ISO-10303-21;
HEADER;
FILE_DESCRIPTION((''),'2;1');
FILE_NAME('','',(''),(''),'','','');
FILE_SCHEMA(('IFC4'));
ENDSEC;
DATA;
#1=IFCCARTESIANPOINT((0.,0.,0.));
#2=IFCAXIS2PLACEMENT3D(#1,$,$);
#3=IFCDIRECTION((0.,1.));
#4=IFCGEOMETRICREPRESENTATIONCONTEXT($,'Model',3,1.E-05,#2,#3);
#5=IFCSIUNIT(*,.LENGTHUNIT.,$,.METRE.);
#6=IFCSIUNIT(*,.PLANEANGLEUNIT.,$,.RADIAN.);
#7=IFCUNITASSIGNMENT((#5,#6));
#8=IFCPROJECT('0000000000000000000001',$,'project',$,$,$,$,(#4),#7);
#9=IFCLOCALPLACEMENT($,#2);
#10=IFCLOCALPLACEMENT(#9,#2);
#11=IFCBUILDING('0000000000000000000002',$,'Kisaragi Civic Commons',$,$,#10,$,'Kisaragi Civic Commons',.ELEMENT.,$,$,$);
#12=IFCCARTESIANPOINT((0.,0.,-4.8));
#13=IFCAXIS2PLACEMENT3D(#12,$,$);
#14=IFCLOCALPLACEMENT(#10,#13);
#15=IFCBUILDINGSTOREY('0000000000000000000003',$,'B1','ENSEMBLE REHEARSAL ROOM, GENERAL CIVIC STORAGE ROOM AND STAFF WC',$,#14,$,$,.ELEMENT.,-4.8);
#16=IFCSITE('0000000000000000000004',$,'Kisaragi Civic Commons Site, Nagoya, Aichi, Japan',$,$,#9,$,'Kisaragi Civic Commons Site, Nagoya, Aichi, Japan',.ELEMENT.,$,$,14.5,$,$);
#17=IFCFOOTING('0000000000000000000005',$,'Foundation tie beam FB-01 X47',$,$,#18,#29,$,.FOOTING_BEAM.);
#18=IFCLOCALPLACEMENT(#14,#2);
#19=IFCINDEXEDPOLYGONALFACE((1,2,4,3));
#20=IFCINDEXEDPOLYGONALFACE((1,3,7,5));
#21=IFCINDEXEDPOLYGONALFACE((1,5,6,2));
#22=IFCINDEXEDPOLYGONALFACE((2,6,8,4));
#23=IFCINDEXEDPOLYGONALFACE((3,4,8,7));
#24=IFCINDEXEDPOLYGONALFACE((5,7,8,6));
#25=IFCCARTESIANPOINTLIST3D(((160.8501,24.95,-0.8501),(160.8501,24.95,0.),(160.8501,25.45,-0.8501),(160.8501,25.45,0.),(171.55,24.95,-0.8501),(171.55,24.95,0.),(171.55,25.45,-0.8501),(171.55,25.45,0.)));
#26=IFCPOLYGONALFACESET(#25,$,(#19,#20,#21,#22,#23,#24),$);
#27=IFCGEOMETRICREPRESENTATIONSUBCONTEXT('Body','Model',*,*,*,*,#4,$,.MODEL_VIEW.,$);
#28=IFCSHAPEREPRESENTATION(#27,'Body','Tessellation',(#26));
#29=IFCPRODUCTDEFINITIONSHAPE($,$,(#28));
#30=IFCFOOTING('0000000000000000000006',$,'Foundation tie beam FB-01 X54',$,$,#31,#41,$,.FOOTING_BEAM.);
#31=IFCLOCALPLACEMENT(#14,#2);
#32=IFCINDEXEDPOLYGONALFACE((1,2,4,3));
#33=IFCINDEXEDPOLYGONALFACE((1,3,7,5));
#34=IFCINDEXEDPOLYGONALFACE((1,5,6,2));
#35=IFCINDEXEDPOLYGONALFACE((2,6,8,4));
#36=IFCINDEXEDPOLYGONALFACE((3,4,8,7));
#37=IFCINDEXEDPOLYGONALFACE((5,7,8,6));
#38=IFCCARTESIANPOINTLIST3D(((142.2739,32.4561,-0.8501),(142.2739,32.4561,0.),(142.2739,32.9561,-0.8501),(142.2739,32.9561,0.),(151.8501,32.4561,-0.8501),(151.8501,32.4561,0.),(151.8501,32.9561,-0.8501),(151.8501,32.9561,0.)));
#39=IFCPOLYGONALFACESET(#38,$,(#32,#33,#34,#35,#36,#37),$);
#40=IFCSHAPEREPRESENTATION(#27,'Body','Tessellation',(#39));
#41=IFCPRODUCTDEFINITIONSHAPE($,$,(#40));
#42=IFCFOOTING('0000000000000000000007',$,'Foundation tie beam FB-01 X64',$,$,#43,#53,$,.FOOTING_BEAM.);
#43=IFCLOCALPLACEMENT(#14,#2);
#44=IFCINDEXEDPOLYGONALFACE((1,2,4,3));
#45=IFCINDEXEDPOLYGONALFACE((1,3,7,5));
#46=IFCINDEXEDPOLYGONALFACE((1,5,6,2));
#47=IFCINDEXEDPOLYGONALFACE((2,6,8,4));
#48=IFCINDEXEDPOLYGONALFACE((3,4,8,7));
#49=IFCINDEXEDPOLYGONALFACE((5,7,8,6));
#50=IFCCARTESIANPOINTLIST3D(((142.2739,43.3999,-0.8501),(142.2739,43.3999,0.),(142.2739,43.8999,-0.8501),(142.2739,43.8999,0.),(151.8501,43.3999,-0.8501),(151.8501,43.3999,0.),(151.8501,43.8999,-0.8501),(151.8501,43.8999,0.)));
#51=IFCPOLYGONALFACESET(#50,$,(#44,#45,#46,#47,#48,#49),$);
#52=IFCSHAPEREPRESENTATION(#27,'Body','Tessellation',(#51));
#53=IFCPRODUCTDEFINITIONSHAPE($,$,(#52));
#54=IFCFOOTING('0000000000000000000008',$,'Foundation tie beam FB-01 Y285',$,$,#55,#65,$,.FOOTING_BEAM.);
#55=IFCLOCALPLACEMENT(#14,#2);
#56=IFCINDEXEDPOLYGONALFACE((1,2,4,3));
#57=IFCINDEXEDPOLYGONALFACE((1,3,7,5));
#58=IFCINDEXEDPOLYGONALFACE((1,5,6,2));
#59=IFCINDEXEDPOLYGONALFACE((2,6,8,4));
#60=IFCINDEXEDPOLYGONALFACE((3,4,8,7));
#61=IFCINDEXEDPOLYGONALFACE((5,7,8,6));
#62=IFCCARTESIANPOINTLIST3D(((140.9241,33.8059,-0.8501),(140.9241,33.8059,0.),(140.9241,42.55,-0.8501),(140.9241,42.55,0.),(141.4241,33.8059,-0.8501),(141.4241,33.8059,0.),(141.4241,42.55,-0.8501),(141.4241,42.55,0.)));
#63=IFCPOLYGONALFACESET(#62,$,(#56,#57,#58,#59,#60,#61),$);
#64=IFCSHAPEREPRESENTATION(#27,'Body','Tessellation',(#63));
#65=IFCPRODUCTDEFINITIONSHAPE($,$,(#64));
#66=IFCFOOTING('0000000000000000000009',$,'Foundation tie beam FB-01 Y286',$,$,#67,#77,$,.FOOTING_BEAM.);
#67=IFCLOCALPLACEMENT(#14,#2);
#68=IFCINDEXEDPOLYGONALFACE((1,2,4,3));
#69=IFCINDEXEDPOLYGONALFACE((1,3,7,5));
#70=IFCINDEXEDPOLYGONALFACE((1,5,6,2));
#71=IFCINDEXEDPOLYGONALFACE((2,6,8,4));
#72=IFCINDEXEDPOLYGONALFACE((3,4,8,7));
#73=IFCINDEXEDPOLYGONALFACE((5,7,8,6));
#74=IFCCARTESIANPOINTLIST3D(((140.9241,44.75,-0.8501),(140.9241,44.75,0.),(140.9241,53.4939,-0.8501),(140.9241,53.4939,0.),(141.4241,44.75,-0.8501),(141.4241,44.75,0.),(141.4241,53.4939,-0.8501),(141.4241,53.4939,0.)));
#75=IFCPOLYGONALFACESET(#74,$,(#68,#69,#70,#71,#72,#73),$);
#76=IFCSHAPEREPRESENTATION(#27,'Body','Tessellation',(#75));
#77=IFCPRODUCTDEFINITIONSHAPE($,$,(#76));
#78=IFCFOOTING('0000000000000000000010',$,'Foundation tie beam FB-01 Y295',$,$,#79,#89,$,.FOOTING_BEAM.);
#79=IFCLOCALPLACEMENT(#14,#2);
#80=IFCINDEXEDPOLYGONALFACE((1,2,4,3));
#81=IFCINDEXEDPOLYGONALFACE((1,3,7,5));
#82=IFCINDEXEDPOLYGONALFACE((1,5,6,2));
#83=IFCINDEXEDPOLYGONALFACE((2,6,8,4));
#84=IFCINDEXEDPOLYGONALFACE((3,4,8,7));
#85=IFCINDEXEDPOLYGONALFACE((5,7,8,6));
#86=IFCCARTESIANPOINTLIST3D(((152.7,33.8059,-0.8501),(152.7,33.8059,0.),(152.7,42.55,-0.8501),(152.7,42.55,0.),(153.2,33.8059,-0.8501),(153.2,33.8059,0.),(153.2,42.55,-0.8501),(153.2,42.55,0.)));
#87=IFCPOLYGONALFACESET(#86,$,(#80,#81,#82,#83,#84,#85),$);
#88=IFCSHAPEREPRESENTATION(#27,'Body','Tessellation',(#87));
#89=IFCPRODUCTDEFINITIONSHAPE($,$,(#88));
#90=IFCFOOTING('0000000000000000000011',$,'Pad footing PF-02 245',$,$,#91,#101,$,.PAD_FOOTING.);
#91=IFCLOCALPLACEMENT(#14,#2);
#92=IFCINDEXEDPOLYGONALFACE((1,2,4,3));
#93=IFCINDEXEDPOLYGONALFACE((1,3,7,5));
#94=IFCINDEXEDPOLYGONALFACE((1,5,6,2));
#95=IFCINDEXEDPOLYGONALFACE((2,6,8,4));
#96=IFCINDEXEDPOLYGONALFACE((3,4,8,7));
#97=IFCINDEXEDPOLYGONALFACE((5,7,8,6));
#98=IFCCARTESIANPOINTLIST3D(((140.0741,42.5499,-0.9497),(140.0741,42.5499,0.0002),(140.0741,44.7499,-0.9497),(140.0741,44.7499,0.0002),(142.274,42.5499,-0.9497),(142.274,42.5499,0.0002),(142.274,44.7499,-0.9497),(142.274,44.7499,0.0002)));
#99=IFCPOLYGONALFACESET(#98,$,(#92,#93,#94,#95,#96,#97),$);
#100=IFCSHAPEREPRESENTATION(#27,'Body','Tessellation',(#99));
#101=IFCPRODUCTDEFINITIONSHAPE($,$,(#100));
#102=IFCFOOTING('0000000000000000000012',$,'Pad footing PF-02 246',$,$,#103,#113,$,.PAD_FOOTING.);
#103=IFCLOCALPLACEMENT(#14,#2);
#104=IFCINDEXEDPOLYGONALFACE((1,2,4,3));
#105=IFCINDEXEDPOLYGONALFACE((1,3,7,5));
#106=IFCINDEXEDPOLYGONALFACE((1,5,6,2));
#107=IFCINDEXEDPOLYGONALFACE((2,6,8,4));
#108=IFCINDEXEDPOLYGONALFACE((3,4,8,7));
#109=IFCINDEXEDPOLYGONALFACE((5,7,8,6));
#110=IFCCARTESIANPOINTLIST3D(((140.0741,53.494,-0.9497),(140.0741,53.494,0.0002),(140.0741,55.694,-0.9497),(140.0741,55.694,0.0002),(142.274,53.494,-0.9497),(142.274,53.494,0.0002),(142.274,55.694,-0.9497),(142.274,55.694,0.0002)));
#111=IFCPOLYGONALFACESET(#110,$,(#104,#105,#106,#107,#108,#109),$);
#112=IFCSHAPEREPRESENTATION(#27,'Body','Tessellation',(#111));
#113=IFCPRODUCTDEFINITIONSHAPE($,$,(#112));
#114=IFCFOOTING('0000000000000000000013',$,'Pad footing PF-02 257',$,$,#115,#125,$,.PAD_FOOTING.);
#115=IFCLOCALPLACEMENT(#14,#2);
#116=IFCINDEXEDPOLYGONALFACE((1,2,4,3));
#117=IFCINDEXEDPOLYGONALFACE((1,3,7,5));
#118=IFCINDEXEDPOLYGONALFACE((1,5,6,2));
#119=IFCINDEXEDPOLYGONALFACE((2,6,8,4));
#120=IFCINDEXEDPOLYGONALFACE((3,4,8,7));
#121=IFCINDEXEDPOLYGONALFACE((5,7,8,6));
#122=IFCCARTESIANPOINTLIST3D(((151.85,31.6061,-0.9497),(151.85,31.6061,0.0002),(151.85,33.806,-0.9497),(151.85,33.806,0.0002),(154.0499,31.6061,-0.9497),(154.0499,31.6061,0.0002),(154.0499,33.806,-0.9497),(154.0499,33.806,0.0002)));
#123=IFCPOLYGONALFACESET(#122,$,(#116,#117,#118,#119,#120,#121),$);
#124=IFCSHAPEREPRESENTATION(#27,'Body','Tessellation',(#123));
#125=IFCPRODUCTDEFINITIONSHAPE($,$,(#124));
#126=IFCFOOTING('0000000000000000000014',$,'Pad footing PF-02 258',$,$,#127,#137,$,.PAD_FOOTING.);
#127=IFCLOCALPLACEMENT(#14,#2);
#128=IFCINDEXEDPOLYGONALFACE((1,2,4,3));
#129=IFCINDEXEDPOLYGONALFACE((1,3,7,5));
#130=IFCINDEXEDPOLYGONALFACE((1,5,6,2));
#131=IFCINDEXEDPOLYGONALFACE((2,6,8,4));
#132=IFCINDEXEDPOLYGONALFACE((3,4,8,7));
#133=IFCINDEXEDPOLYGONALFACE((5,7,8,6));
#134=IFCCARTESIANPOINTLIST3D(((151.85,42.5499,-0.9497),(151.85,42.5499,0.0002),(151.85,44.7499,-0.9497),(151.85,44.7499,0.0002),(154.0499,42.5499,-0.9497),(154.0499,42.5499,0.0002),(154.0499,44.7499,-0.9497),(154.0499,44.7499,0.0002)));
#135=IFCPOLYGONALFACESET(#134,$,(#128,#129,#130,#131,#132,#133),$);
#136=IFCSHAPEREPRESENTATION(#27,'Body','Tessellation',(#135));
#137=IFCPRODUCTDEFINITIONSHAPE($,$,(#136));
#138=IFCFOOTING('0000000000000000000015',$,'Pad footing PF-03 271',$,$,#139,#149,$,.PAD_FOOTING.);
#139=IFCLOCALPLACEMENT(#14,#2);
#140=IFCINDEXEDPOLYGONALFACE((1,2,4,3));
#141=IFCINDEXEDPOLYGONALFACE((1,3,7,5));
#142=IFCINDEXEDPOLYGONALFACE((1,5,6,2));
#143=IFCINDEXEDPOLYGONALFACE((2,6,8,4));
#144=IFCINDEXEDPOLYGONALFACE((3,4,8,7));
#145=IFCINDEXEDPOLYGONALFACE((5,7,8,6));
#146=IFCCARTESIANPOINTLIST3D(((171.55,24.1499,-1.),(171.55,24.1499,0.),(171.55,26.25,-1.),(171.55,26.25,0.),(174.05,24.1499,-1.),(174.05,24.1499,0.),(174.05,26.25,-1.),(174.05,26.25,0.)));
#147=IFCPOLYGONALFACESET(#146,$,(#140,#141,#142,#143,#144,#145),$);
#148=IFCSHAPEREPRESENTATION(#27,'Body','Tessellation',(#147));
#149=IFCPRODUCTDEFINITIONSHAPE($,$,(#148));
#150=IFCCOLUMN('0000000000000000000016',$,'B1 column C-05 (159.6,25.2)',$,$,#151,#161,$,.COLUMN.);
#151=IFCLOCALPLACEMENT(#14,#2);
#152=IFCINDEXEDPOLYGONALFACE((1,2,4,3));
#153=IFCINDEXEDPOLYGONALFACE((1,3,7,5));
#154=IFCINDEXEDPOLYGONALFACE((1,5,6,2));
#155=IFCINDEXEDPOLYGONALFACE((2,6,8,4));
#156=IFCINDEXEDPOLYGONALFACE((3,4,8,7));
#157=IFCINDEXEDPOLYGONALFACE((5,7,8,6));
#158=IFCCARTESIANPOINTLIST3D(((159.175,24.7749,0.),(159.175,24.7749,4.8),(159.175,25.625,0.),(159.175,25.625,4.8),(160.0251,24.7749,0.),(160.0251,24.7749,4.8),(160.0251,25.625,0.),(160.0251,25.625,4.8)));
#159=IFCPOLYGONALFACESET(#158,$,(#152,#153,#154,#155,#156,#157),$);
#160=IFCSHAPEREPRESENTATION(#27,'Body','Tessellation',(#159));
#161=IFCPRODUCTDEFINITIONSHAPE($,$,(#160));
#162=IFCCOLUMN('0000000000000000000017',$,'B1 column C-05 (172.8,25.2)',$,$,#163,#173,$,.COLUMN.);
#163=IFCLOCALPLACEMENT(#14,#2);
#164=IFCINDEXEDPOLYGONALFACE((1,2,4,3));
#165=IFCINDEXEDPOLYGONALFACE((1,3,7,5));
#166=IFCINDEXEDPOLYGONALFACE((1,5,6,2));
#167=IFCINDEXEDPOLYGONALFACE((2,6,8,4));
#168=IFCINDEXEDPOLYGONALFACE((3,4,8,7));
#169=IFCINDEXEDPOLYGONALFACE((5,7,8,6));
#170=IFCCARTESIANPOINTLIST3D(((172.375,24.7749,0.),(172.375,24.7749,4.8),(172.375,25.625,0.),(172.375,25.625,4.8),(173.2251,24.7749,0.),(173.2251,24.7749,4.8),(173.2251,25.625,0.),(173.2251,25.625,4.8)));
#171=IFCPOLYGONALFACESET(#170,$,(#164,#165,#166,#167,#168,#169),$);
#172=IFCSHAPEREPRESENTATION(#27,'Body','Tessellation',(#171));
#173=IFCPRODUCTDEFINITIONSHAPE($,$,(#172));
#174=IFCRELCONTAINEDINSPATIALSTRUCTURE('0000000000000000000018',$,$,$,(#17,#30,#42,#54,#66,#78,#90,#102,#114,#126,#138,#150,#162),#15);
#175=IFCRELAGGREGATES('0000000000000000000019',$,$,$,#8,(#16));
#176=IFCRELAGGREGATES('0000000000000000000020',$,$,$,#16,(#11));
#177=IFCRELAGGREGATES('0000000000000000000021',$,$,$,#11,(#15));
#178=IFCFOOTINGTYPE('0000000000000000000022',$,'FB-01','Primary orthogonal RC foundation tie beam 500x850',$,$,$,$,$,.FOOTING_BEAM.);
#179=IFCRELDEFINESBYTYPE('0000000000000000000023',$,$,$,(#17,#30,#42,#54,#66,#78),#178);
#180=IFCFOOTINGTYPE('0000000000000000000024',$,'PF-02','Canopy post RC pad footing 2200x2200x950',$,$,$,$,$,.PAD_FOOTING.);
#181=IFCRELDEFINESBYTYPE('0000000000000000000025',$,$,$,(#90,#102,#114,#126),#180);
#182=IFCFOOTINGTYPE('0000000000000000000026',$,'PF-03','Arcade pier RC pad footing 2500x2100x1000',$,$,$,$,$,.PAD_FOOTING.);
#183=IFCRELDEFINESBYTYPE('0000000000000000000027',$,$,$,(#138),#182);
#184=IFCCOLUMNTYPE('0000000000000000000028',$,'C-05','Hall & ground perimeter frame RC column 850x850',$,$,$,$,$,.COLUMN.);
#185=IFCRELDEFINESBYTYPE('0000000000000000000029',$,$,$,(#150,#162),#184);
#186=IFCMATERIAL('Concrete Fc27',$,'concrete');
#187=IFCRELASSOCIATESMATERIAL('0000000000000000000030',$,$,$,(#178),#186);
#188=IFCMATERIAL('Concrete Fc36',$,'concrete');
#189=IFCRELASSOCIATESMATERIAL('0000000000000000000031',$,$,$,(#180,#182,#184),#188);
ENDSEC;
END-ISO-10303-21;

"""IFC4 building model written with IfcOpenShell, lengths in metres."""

from ifc_helpers import new_model, si_unit, direction, frame, origin, origin_2d, place, context, subcontext, project, spatial, rectangle, extrude, material, material_profile, profile_set, type_object, element, save


model = new_model("IFC4")

# Units and contexts
model_context = context("Model", 3, precision=1e-05, world=origin(), true_north=direction((0.0, 1.0)))
body_context = subcontext(model_context, "Body", "Model", "MODEL_VIEW")
ifc_project = project(units=[si_unit("LENGTHUNIT", "METRE"), si_unit("PLANEANGLEUNIT", "RADIAN")], contexts=[model_context])

# Site, building, storey
site_placement = place(None, origin())
site = spatial("IfcSite", under=ifc_project, at=site_placement, Name="Kisaragi Civic Commons Site, Nagoya, Aichi, Japan", LongName="Kisaragi Civic Commons Site, Nagoya, Aichi, Japan", CompositionType="ELEMENT", RefElevation=14.5)
building_placement = place(site_placement, origin())
building = spatial("IfcBuilding", under=site, at=building_placement, Name="Kisaragi Civic Commons", LongName="Kisaragi Civic Commons", CompositionType="ELEMENT")
storey_placement = place(building_placement, frame((0.0, 0.0, -4.8)))
storey = spatial("IfcBuildingStorey", under=building, at=storey_placement, Name="B1", Description="ENSEMBLE REHEARSAL ROOM, GENERAL CIVIC STORAGE ROOM AND STAFF WC", CompositionType="ELEMENT", Elevation=-4.8)

# Footings
ifc_material_1 = material(Name="Concrete Fc27", Category="concrete")
ifc_material_profile_1 = material_profile(ifc_material_1, rectangle(XDim=0.5, YDim=0.8501, at=origin_2d()), Name="RC-500x850", Category="concrete")
ifc_profile_set_1 = profile_set([ifc_material_profile_1], Name="Concrete Fc27")
footing_type_1 = type_object("IfcFootingType", Name="FB-01", Description="Primary orthogonal RC foundation tie beam 500x850", PredefinedType="FOOTING_BEAM", material=ifc_profile_set_1)
footing_1_placement = place(storey_placement, frame((160.8501, 25.2, -0.425), z_axis=(1.0, 0.0, 0.0), x_axis=(0.0, 1.0, 0.0)))
element("IfcFooting", 1, at=footing_1_placement, inside=storey, type_object=footing_type_1, Name="Foundation tie beam FB-01 X47", PredefinedType="FOOTING_BEAM", context=body_context, shape_type="SweptSolid", body=[
    extrude(rectangle(XDim=0.5, YDim=0.8501, at=origin_2d()), origin(), (0.0, 0.0, 1.0), 10.7),
])
for number, where, z_axis, x_axis, name in (
    (2, (142.2739, 32.7061, -0.425), (1.0, 0.0, 0.0), (0.0, 1.0, 0.0), "Foundation tie beam FB-01 X54"),
    (3, (142.2739, 43.6499, -0.425), (1.0, 0.0, 0.0), (0.0, 1.0, 0.0), "Foundation tie beam FB-01 X64"),
):
    element("IfcFooting", number, at=place(storey_placement, frame(where, z_axis=z_axis, x_axis=x_axis)), inside=storey, type_object=footing_type_1, Name=name, PredefinedType="FOOTING_BEAM", context=body_context, shape_type="SweptSolid", body=[
        extrude(rectangle(XDim=0.5, YDim=0.8501, at=origin_2d()), origin(), (0.0, 0.0, 1.0), 9.5762),
    ])
footing_2_placement = place(storey_placement, frame((141.1741, 33.8059, -0.425), z_axis=(0.0, 1.0, 0.0), x_axis=(-1.0, 0.0, 0.0)))
element("IfcFooting", 4, at=footing_2_placement, inside=storey, type_object=footing_type_1, Name="Foundation tie beam FB-01 Y285", PredefinedType="FOOTING_BEAM", context=body_context, shape_type="SweptSolid", body=[
    extrude(rectangle(XDim=0.5, YDim=0.8501, at=origin_2d()), origin(), (0.0, 0.0, 1.0), 8.7441),
])
footing_3_placement = place(storey_placement, frame((141.1741, 44.75, -0.425), z_axis=(0.0, 1.0, 0.0), x_axis=(-1.0, 0.0, 0.0)))
element("IfcFooting", 5, at=footing_3_placement, inside=storey, type_object=footing_type_1, Name="Foundation tie beam FB-01 Y286", PredefinedType="FOOTING_BEAM", context=body_context, shape_type="SweptSolid", body=[
    extrude(rectangle(XDim=0.5, YDim=0.8501, at=origin_2d()), origin(), (0.0, 0.0, 1.0), 8.7439),
])
footing_4_placement = place(storey_placement, frame((152.95, 33.8059, -0.425), z_axis=(0.0, 1.0, 0.0), x_axis=(-1.0, 0.0, 0.0)))
element("IfcFooting", 6, at=footing_4_placement, inside=storey, type_object=footing_type_1, Name="Foundation tie beam FB-01 Y295", PredefinedType="FOOTING_BEAM", context=body_context, shape_type="SweptSolid", body=[
    extrude(rectangle(XDim=0.5, YDim=0.8501, at=origin_2d()), origin(), (0.0, 0.0, 1.0), 8.7441),
])
ifc_material_2 = material(Name="Concrete Fc36", Category="concrete")
footing_type_2 = type_object("IfcFootingType", Name="PF-02", Description="Canopy post RC pad footing 2200x2200x950", PredefinedType="PAD_FOOTING", material=ifc_material_2)
for number, where, z_axis, x_axis, name in (
    (7, (141.1741, 43.6499, -0.9497), (0.0, 0.0, 1.0), (1.0, 0.0, 0.0), "Pad footing PF-02 245"),
    (8, (141.1741, 54.594, -0.9497), (0.0, 0.0, 1.0), (1.0, 0.0, 0.0), "Pad footing PF-02 246"),
    (9, (152.95, 32.7061, -0.9497), (0.0, 0.0, 1.0), (1.0, 0.0, 0.0), "Pad footing PF-02 257"),
    (10, (152.95, 43.6499, -0.9497), (0.0, 0.0, 1.0), (1.0, 0.0, 0.0), "Pad footing PF-02 258"),
):
    element("IfcFooting", number, at=place(storey_placement, frame(where, z_axis=z_axis, x_axis=x_axis)), inside=storey, type_object=footing_type_2, Name=name, PredefinedType="PAD_FOOTING", context=body_context, shape_type="SweptSolid", body=[
        extrude(rectangle(XDim=2.2, YDim=2.2, at=origin_2d()), origin(), (0.0, 0.0, 1.0), 0.95),
    ])
footing_type_3 = type_object("IfcFootingType", Name="PF-03", Description="Arcade pier RC pad footing 2500x2100x1000", PredefinedType="PAD_FOOTING", material=ifc_material_2)
footing_5_placement = place(storey_placement, frame((172.8, 25.2, -1.0), z_axis=(0.0, 0.0, 1.0), x_axis=(1.0, 0.0, 0.0)))
element("IfcFooting", 11, at=footing_5_placement, inside=storey, type_object=footing_type_3, Name="Pad footing PF-03 271", PredefinedType="PAD_FOOTING", context=body_context, shape_type="SweptSolid", body=[
    extrude(rectangle(XDim=2.5, YDim=2.1001, at=origin_2d()), origin(), (0.0, 0.0, 1.0), 1.0),
])

# Columns
ifc_material_profile_2 = material_profile(ifc_material_2, rectangle(XDim=0.8501, YDim=0.8501, at=origin_2d()), Name="RC-850x850", Category="concrete")
ifc_profile_set_2 = profile_set([ifc_material_profile_2], Name="Concrete Fc36")
column_type_1 = type_object("IfcColumnType", Name="C-05", Description="Hall & ground perimeter frame RC column 850x850", PredefinedType="COLUMN", material=ifc_profile_set_2)
for number, where, z_axis, x_axis, name in (
    (12, (159.6001, 25.2, 0.0), (0.0, 0.0, 1.0), (1.0, 0.0, 0.0), "B1 column C-05 (159.6,25.2)"),
    (13, (172.8, 25.2, 0.0), (0.0, 0.0, 1.0), (1.0, 0.0, 0.0), "B1 column C-05 (172.8,25.2)"),
):
    element("IfcColumn", number, at=place(storey_placement, frame(where, z_axis=z_axis, x_axis=x_axis)), inside=storey, type_object=column_type_1, Name=name, PredefinedType="COLUMN", context=body_context, shape_type="SweptSolid", body=[
        extrude(rectangle(XDim=0.8501, YDim=0.8501, at=origin_2d()), origin(), (0.0, 0.0, 1.0), 4.8),
    ])

save(model, "model.ifc")
